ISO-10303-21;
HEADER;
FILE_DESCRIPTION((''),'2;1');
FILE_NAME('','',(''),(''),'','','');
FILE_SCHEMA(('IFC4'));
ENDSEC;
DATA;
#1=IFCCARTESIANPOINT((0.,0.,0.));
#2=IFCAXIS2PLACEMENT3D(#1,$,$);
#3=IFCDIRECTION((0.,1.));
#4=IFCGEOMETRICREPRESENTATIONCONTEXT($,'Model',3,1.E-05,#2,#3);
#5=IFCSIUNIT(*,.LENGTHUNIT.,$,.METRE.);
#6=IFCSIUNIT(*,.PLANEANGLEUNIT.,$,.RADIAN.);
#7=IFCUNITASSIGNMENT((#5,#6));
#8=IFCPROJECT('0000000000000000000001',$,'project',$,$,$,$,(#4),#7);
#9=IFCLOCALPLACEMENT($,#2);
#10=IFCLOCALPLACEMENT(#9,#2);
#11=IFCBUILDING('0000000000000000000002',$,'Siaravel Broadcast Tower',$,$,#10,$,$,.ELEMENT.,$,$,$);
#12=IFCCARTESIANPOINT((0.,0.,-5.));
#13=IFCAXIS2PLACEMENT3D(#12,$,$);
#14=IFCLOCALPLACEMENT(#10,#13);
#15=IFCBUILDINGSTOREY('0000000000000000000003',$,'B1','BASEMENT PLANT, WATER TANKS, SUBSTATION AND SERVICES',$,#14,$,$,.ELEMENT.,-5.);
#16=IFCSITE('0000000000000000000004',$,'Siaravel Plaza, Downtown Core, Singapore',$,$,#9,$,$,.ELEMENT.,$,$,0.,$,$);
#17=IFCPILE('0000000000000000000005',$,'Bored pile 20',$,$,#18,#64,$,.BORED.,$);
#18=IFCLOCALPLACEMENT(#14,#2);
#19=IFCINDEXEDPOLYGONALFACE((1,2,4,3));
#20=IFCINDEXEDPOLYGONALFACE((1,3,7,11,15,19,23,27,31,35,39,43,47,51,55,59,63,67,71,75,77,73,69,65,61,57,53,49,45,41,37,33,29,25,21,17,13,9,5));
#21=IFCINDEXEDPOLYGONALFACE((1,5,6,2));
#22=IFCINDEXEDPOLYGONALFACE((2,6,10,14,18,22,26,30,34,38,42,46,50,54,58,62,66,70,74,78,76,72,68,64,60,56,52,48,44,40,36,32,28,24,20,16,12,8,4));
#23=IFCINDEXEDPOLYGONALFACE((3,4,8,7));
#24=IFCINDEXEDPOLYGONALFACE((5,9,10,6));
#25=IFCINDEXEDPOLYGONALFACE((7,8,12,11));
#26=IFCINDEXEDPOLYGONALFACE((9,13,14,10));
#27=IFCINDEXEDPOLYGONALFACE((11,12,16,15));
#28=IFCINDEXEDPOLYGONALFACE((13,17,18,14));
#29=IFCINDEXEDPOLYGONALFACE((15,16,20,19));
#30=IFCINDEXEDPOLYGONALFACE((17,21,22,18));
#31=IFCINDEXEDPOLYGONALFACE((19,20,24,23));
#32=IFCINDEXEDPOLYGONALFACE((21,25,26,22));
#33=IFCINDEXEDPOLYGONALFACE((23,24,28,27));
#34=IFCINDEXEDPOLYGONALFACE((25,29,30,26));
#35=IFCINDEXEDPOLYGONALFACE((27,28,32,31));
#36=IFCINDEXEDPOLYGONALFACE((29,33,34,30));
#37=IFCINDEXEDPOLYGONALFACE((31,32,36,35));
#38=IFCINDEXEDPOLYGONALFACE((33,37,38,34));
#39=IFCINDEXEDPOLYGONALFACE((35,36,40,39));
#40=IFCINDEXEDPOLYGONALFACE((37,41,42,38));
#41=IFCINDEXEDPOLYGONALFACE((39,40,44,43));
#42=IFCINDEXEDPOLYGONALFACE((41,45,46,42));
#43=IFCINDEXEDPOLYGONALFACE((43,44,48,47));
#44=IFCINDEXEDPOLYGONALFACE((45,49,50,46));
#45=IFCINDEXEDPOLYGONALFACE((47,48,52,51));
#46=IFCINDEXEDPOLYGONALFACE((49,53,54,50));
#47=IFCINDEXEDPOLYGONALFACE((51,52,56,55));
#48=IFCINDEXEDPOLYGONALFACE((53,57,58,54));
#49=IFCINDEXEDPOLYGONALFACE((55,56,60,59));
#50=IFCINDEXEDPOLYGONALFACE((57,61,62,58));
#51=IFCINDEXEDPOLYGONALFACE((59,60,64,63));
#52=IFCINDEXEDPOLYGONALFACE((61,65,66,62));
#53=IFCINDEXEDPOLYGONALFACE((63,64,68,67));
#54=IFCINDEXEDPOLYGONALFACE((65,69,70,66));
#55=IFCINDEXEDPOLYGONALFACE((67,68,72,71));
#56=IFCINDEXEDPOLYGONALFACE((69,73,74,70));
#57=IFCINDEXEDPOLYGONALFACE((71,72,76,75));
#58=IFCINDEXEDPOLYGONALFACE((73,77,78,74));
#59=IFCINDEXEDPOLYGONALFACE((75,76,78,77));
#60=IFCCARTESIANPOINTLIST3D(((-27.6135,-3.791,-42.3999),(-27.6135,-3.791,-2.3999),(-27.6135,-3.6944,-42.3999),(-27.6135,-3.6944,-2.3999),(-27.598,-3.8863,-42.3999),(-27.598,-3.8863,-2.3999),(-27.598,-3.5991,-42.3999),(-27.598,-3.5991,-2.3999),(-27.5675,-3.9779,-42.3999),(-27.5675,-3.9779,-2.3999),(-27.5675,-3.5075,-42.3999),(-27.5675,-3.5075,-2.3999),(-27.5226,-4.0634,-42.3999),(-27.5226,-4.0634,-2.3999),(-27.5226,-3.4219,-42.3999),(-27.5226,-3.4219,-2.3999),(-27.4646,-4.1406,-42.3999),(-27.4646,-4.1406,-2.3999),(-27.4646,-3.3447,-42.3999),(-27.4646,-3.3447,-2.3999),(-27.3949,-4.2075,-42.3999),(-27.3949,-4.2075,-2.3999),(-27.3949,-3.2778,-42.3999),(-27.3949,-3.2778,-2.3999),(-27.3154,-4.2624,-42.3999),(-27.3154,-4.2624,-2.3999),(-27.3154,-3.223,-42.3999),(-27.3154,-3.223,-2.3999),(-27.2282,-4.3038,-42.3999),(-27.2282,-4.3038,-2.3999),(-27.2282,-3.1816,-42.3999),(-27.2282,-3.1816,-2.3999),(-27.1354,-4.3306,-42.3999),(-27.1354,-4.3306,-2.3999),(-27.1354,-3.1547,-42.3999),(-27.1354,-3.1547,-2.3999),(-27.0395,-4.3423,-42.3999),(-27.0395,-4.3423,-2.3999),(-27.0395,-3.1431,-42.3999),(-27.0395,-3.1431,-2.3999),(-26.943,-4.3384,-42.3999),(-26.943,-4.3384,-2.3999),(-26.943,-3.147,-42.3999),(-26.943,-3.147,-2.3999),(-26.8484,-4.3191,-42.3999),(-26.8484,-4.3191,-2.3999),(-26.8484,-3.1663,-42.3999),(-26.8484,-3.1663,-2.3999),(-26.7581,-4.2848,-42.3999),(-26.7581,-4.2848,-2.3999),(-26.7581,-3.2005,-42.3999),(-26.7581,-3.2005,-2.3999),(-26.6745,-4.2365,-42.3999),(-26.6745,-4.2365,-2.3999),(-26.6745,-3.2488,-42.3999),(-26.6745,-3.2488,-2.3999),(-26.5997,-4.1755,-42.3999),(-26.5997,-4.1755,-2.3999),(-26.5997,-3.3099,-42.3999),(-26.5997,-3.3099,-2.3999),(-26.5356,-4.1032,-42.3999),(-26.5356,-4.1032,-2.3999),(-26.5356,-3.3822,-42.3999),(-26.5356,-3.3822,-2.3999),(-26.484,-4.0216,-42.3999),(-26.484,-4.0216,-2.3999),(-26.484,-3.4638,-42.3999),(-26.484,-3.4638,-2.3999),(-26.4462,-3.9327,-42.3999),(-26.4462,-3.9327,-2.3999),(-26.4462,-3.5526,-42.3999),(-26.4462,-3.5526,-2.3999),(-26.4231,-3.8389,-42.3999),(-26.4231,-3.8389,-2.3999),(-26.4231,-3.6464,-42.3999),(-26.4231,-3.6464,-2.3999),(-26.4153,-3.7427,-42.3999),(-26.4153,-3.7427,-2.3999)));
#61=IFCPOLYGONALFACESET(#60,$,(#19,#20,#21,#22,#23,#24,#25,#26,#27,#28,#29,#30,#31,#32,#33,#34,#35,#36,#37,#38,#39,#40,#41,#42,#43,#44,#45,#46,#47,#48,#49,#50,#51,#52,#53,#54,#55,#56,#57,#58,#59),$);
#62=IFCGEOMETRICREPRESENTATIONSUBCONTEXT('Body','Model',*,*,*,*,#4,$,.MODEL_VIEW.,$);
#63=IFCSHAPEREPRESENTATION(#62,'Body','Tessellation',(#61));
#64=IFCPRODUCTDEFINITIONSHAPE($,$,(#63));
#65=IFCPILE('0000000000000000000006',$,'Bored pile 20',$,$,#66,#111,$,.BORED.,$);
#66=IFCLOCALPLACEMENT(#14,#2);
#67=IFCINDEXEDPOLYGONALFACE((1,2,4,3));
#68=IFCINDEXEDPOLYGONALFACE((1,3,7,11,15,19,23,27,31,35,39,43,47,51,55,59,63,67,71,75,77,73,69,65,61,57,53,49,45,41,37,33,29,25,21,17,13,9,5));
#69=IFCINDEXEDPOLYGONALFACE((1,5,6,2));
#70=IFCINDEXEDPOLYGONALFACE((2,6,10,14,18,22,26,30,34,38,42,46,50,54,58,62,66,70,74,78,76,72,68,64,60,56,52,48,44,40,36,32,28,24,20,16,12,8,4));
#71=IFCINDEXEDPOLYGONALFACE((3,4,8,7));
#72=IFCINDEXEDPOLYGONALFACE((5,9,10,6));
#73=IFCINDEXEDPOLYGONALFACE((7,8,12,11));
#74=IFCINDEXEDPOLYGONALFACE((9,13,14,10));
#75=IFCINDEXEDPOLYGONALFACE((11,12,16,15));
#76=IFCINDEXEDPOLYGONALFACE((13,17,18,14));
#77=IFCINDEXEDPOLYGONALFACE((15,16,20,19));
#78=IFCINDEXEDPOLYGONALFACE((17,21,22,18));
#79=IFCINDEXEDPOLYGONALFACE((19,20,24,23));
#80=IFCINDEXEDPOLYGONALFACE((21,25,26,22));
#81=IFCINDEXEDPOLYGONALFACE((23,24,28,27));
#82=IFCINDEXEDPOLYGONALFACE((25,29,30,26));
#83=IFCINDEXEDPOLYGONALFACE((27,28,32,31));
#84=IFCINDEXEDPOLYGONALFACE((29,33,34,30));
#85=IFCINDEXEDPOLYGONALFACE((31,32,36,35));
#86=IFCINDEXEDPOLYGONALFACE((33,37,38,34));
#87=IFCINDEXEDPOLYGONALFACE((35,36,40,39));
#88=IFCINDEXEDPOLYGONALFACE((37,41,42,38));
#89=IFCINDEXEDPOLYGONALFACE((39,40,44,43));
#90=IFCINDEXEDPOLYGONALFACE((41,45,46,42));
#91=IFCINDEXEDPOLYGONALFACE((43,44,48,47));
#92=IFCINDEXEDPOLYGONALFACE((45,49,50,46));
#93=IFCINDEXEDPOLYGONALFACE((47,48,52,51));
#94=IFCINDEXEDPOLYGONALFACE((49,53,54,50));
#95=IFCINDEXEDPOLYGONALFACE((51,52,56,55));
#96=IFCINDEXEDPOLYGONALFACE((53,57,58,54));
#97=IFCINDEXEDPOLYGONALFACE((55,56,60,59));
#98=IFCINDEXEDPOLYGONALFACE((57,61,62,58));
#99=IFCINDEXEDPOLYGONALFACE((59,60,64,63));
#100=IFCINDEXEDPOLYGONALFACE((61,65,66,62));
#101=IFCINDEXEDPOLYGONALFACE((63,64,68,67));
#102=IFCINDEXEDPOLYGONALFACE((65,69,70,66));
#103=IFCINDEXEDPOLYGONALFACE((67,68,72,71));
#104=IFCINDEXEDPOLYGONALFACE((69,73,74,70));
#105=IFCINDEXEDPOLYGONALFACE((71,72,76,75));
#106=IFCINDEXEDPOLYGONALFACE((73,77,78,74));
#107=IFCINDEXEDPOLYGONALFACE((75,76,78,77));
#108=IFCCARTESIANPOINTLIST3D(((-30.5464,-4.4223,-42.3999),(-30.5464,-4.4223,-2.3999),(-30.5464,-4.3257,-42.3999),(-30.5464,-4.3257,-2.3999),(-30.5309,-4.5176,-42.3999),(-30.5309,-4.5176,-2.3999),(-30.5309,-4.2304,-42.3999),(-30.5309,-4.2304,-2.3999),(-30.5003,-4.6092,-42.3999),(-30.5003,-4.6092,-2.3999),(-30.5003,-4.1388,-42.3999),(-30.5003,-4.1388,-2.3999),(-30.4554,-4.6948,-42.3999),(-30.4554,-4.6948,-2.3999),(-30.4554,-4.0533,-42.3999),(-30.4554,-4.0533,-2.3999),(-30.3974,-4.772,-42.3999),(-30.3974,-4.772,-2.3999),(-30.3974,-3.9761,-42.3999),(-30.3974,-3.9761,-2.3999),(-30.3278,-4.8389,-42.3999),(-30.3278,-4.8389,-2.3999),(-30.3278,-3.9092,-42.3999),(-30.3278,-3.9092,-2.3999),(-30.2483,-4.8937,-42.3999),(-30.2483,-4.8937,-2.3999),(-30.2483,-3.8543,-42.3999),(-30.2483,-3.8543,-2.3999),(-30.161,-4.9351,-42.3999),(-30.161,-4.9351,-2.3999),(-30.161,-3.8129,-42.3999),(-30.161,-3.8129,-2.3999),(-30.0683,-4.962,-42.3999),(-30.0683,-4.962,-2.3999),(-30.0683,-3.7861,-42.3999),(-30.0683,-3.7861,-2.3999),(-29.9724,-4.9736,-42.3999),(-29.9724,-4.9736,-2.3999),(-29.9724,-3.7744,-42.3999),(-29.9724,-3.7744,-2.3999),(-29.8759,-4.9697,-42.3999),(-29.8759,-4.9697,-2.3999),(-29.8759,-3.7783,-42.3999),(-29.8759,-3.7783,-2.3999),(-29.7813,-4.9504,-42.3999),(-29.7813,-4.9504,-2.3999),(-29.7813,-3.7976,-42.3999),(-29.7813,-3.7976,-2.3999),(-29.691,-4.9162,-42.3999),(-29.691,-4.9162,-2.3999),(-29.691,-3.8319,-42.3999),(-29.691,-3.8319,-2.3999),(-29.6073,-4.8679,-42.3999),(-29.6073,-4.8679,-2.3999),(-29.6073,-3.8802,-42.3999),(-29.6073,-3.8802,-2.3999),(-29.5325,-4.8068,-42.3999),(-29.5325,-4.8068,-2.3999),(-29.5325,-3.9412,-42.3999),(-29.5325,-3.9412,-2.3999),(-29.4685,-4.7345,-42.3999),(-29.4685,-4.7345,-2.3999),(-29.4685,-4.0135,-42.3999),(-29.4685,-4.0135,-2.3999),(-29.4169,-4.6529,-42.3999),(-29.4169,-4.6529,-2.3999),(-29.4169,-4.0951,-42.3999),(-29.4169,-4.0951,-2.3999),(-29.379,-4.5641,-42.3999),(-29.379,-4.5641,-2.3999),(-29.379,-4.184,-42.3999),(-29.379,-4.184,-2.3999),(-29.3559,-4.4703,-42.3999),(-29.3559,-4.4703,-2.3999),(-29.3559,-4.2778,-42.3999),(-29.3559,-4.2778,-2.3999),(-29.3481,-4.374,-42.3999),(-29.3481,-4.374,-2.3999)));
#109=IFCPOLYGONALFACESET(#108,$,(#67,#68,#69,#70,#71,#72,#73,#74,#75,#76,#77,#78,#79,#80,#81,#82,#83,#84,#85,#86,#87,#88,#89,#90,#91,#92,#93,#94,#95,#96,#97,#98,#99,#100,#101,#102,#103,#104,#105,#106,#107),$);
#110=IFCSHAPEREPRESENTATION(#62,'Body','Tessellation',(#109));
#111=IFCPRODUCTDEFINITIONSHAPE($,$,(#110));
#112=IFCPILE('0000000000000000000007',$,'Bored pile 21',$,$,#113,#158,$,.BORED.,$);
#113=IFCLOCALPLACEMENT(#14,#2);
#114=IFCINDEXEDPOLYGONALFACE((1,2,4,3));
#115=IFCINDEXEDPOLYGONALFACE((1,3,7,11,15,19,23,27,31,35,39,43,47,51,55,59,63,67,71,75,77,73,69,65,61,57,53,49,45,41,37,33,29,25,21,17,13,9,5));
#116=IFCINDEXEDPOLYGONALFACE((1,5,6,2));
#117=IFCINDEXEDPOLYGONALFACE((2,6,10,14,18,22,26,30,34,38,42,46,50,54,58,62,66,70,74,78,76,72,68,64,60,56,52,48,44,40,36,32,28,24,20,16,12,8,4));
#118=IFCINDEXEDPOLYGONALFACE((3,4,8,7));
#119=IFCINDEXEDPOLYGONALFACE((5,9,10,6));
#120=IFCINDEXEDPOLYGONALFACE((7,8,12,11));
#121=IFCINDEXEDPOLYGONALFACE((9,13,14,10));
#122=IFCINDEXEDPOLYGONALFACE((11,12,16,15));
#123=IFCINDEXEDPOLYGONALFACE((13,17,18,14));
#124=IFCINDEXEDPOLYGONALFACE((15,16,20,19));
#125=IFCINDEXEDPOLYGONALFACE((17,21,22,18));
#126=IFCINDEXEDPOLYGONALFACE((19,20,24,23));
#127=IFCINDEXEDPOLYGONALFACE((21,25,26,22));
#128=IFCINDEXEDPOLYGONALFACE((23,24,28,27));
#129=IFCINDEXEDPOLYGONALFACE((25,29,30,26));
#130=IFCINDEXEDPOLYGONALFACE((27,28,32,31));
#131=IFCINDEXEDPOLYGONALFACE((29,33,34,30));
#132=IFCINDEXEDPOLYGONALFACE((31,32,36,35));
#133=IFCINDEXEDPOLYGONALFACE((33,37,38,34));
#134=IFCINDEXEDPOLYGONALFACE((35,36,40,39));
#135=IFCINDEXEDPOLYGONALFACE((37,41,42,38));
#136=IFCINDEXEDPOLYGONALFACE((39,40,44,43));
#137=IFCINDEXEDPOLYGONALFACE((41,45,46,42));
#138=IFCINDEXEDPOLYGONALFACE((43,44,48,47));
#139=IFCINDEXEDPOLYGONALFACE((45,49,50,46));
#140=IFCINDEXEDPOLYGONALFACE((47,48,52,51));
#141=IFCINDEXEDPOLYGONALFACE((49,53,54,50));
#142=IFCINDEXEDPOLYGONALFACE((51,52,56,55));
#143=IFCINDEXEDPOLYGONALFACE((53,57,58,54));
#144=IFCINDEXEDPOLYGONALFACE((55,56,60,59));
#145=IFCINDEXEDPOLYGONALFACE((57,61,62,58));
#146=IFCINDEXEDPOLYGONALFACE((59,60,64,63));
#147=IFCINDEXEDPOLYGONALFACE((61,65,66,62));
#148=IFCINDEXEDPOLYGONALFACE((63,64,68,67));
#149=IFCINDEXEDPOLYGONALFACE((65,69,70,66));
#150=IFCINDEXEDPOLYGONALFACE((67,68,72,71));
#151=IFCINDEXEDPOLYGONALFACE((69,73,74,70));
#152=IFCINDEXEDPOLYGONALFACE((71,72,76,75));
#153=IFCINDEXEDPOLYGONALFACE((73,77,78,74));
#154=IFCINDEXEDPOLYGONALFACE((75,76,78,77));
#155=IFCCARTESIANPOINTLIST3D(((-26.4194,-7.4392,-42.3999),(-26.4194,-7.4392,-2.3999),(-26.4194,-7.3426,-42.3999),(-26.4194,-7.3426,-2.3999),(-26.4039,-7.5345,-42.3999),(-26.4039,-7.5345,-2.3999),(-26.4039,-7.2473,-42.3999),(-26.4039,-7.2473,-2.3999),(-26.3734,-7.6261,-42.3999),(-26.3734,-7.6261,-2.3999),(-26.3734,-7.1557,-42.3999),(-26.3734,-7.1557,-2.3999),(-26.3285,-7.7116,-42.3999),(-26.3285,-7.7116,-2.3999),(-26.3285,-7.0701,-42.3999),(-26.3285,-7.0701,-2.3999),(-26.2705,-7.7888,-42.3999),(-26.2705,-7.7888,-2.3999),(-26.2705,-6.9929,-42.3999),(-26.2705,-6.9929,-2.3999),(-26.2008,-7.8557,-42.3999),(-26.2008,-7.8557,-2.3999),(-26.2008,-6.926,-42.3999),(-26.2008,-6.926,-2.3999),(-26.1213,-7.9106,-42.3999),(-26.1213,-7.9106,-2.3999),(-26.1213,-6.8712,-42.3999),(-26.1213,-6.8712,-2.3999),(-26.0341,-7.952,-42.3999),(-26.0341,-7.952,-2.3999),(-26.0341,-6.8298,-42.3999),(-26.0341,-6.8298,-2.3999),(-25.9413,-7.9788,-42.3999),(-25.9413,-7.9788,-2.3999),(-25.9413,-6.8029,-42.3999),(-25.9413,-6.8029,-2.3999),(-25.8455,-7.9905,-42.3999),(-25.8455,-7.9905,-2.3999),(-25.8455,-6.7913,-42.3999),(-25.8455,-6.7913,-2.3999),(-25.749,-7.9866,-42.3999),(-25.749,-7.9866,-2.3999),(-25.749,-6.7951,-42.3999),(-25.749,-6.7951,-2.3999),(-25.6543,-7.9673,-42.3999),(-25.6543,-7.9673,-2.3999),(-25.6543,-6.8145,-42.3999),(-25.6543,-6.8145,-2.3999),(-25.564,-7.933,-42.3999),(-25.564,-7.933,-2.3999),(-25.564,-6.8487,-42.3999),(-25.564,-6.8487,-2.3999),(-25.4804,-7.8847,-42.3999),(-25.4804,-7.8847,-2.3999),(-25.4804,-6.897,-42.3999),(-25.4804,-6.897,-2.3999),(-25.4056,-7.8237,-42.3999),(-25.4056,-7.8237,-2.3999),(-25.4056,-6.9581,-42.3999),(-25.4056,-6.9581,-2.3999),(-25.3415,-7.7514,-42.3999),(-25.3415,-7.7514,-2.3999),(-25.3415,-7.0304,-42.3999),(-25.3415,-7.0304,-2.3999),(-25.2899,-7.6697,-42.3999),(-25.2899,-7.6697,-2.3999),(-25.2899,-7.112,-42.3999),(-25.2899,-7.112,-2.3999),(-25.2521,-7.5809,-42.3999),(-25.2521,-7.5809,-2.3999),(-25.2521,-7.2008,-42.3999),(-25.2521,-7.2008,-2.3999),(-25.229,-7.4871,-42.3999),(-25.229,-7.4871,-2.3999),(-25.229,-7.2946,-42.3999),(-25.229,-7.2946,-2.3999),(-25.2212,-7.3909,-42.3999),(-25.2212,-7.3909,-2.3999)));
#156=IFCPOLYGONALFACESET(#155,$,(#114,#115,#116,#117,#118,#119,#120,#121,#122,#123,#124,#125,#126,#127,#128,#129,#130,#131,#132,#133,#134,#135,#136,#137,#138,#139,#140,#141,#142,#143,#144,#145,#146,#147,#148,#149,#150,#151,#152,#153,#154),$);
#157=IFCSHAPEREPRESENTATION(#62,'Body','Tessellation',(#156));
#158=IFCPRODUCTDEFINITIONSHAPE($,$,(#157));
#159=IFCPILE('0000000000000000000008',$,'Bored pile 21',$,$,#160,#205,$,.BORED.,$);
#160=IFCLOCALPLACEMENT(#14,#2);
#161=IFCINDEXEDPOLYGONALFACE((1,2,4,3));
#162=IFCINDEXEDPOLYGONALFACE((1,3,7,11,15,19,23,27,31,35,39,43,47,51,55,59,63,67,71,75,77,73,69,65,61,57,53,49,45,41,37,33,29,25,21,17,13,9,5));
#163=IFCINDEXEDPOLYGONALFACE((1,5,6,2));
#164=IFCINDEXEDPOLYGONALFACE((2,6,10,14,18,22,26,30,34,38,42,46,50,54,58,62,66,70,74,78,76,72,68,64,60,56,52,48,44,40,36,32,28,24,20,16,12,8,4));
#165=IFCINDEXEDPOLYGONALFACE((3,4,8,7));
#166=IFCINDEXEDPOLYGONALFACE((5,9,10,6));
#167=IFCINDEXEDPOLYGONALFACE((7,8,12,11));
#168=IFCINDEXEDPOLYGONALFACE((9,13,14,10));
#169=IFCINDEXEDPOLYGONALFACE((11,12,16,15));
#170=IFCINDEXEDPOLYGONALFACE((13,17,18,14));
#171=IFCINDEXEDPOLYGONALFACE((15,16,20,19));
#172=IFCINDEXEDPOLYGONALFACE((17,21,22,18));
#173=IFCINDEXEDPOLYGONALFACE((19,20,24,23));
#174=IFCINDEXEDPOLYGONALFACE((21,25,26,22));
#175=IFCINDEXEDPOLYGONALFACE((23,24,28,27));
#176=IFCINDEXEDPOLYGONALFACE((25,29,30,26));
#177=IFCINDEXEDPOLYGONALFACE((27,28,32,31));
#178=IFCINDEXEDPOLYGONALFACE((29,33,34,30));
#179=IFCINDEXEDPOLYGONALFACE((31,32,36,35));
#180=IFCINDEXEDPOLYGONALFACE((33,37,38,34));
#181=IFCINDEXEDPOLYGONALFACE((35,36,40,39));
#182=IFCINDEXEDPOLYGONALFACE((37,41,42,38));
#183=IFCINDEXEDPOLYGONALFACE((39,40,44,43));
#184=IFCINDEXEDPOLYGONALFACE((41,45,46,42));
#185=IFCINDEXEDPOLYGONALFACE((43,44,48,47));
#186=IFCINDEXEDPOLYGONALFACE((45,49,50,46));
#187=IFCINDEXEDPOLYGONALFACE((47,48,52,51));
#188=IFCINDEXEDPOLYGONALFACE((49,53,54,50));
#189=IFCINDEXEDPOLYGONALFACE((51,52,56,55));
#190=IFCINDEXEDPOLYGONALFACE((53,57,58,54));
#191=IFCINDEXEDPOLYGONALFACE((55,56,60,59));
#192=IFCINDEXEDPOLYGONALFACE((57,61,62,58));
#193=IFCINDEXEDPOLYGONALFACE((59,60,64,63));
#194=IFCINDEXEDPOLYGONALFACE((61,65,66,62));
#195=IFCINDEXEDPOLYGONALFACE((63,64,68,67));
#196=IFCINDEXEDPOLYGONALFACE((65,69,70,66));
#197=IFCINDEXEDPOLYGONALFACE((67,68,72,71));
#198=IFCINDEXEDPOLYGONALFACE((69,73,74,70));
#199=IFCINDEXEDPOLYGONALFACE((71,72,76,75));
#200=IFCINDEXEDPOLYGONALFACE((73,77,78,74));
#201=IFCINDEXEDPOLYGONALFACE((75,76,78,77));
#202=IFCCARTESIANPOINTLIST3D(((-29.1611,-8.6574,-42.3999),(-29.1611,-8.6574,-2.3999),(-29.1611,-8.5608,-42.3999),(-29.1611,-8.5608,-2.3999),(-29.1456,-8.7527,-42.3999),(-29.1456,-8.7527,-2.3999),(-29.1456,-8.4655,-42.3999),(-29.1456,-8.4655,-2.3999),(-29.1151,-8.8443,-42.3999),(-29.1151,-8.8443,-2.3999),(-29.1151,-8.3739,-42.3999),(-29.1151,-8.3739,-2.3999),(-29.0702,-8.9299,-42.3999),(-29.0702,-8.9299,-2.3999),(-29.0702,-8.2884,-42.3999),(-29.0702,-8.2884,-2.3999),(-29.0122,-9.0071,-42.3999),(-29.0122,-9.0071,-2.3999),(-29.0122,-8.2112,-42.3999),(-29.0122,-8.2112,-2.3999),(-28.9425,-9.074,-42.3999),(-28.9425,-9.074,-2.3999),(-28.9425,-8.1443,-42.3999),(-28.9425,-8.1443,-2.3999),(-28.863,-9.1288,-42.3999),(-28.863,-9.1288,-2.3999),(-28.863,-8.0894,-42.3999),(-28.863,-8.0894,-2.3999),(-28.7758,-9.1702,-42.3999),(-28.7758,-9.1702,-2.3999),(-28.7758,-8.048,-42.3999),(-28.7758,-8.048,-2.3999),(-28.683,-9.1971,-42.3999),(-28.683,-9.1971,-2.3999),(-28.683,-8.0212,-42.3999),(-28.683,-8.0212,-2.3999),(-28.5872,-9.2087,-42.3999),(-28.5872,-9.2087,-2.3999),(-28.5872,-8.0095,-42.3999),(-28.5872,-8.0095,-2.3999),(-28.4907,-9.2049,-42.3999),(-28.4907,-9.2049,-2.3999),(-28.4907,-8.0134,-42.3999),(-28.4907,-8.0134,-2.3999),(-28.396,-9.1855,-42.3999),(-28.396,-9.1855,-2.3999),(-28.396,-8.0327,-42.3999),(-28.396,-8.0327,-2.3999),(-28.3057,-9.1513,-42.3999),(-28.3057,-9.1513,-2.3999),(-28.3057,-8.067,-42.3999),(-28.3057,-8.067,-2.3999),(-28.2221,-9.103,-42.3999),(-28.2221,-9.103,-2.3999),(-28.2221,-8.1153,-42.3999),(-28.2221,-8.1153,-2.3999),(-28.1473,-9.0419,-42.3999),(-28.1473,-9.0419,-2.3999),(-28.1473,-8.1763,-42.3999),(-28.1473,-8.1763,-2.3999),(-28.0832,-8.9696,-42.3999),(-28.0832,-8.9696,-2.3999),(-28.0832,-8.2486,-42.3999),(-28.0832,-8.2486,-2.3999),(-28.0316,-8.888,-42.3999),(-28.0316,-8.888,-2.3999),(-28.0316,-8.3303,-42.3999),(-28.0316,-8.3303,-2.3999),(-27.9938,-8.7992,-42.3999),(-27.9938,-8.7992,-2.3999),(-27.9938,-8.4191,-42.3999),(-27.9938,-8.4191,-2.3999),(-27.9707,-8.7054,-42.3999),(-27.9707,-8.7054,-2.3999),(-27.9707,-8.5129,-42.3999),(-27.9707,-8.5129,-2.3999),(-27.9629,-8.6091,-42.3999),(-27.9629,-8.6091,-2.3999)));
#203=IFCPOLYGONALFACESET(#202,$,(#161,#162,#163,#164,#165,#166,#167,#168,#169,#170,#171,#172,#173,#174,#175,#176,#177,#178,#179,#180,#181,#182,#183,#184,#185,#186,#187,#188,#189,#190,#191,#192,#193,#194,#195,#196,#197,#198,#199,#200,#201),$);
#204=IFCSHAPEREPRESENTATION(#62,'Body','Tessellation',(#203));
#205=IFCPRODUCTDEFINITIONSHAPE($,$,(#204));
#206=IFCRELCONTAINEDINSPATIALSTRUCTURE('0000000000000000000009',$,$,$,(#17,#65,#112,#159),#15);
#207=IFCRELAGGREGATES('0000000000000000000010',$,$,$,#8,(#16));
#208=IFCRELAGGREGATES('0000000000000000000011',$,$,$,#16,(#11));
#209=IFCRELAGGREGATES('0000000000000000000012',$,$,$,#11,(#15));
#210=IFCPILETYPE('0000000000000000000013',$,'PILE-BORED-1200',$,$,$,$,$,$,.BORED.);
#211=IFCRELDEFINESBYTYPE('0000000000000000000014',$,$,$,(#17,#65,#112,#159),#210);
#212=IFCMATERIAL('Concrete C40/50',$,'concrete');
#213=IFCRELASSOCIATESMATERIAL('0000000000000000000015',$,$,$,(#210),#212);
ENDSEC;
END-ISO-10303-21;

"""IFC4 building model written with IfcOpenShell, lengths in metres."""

from ifc_helpers import new_model, si_unit, direction, frame, origin, origin_2d, place, context, subcontext, project, spatial, circle, extrude, material, material_profile, profile_set, type_object, element, save


model = new_model("IFC4")

# Units and contexts
model_context = context("Model", 3, precision=1e-05, world=origin(), true_north=direction((0.0, 1.0)))
body_context = subcontext(model_context, "Body", "Model", "MODEL_VIEW")
ifc_project = project(units=[si_unit("LENGTHUNIT", "METRE"), si_unit("PLANEANGLEUNIT", "RADIAN")], contexts=[model_context])

# Site, building, storey
site_placement = place(None, origin())
site = spatial("IfcSite", under=ifc_project, at=site_placement, Name="Siaravel Plaza, Downtown Core, Singapore", CompositionType="ELEMENT", RefElevation=0.0)
building_placement = place(site_placement, origin())
building = spatial("IfcBuilding", under=site, at=building_placement, Name="Siaravel Broadcast Tower", CompositionType="ELEMENT")
storey_placement = place(building_placement, frame((0.0, 0.0, -5.0)))
storey = spatial("IfcBuildingStorey", under=building, at=storey_placement, Name="B1", Description="BASEMENT PLANT, WATER TANKS, SUBSTATION AND SERVICES", CompositionType="ELEMENT", Elevation=-5.0)

# Shared definitions
ifc_material_1 = material(Name="Concrete C40/50", Category="concrete")

# Piles
ifc_material_profile_1 = material_profile(ifc_material_1, circle(Radius=0.6001, at=origin_2d()))
ifc_profile_set_1 = profile_set([ifc_material_profile_1], Name="Concrete C40/50")
pile_type_1 = type_object("IfcPileType", Name="PILE-BORED-1200", PredefinedType="BORED", material=ifc_profile_set_1)
for number, where, z_axis, x_axis, name in (
    (1, (-27.0154, -3.7427, -2.3999), (0.0, 0.0, -1.0), (1.0, 0.0, 0.0), "Bored pile 20"),
    (2, (-29.9482, -4.374, -2.3999), (0.0, 0.0, -1.0), (1.0, 0.0, 0.0), "Bored pile 20"),
    (3, (-25.8213, -7.3909, -2.3999), (0.0, 0.0, -1.0), (1.0, 0.0, 0.0), "Bored pile 21"),
    (4, (-28.563, -8.6091, -2.3999), (0.0, 0.0, -1.0), (1.0, 0.0, 0.0), "Bored pile 21"),
):
    element("IfcPile", number, at=place(storey_placement, frame(where, z_axis=z_axis, x_axis=x_axis)), inside=storey, type_object=pile_type_1, Name=name, PredefinedType="BORED", context=body_context, shape_type="SweptSolid", body=[
        extrude(circle(Radius=0.6001, at=origin_2d()), origin(), (0.0, 0.0, 1.0), 40.0),
    ])

save(model, "model.ifc")
